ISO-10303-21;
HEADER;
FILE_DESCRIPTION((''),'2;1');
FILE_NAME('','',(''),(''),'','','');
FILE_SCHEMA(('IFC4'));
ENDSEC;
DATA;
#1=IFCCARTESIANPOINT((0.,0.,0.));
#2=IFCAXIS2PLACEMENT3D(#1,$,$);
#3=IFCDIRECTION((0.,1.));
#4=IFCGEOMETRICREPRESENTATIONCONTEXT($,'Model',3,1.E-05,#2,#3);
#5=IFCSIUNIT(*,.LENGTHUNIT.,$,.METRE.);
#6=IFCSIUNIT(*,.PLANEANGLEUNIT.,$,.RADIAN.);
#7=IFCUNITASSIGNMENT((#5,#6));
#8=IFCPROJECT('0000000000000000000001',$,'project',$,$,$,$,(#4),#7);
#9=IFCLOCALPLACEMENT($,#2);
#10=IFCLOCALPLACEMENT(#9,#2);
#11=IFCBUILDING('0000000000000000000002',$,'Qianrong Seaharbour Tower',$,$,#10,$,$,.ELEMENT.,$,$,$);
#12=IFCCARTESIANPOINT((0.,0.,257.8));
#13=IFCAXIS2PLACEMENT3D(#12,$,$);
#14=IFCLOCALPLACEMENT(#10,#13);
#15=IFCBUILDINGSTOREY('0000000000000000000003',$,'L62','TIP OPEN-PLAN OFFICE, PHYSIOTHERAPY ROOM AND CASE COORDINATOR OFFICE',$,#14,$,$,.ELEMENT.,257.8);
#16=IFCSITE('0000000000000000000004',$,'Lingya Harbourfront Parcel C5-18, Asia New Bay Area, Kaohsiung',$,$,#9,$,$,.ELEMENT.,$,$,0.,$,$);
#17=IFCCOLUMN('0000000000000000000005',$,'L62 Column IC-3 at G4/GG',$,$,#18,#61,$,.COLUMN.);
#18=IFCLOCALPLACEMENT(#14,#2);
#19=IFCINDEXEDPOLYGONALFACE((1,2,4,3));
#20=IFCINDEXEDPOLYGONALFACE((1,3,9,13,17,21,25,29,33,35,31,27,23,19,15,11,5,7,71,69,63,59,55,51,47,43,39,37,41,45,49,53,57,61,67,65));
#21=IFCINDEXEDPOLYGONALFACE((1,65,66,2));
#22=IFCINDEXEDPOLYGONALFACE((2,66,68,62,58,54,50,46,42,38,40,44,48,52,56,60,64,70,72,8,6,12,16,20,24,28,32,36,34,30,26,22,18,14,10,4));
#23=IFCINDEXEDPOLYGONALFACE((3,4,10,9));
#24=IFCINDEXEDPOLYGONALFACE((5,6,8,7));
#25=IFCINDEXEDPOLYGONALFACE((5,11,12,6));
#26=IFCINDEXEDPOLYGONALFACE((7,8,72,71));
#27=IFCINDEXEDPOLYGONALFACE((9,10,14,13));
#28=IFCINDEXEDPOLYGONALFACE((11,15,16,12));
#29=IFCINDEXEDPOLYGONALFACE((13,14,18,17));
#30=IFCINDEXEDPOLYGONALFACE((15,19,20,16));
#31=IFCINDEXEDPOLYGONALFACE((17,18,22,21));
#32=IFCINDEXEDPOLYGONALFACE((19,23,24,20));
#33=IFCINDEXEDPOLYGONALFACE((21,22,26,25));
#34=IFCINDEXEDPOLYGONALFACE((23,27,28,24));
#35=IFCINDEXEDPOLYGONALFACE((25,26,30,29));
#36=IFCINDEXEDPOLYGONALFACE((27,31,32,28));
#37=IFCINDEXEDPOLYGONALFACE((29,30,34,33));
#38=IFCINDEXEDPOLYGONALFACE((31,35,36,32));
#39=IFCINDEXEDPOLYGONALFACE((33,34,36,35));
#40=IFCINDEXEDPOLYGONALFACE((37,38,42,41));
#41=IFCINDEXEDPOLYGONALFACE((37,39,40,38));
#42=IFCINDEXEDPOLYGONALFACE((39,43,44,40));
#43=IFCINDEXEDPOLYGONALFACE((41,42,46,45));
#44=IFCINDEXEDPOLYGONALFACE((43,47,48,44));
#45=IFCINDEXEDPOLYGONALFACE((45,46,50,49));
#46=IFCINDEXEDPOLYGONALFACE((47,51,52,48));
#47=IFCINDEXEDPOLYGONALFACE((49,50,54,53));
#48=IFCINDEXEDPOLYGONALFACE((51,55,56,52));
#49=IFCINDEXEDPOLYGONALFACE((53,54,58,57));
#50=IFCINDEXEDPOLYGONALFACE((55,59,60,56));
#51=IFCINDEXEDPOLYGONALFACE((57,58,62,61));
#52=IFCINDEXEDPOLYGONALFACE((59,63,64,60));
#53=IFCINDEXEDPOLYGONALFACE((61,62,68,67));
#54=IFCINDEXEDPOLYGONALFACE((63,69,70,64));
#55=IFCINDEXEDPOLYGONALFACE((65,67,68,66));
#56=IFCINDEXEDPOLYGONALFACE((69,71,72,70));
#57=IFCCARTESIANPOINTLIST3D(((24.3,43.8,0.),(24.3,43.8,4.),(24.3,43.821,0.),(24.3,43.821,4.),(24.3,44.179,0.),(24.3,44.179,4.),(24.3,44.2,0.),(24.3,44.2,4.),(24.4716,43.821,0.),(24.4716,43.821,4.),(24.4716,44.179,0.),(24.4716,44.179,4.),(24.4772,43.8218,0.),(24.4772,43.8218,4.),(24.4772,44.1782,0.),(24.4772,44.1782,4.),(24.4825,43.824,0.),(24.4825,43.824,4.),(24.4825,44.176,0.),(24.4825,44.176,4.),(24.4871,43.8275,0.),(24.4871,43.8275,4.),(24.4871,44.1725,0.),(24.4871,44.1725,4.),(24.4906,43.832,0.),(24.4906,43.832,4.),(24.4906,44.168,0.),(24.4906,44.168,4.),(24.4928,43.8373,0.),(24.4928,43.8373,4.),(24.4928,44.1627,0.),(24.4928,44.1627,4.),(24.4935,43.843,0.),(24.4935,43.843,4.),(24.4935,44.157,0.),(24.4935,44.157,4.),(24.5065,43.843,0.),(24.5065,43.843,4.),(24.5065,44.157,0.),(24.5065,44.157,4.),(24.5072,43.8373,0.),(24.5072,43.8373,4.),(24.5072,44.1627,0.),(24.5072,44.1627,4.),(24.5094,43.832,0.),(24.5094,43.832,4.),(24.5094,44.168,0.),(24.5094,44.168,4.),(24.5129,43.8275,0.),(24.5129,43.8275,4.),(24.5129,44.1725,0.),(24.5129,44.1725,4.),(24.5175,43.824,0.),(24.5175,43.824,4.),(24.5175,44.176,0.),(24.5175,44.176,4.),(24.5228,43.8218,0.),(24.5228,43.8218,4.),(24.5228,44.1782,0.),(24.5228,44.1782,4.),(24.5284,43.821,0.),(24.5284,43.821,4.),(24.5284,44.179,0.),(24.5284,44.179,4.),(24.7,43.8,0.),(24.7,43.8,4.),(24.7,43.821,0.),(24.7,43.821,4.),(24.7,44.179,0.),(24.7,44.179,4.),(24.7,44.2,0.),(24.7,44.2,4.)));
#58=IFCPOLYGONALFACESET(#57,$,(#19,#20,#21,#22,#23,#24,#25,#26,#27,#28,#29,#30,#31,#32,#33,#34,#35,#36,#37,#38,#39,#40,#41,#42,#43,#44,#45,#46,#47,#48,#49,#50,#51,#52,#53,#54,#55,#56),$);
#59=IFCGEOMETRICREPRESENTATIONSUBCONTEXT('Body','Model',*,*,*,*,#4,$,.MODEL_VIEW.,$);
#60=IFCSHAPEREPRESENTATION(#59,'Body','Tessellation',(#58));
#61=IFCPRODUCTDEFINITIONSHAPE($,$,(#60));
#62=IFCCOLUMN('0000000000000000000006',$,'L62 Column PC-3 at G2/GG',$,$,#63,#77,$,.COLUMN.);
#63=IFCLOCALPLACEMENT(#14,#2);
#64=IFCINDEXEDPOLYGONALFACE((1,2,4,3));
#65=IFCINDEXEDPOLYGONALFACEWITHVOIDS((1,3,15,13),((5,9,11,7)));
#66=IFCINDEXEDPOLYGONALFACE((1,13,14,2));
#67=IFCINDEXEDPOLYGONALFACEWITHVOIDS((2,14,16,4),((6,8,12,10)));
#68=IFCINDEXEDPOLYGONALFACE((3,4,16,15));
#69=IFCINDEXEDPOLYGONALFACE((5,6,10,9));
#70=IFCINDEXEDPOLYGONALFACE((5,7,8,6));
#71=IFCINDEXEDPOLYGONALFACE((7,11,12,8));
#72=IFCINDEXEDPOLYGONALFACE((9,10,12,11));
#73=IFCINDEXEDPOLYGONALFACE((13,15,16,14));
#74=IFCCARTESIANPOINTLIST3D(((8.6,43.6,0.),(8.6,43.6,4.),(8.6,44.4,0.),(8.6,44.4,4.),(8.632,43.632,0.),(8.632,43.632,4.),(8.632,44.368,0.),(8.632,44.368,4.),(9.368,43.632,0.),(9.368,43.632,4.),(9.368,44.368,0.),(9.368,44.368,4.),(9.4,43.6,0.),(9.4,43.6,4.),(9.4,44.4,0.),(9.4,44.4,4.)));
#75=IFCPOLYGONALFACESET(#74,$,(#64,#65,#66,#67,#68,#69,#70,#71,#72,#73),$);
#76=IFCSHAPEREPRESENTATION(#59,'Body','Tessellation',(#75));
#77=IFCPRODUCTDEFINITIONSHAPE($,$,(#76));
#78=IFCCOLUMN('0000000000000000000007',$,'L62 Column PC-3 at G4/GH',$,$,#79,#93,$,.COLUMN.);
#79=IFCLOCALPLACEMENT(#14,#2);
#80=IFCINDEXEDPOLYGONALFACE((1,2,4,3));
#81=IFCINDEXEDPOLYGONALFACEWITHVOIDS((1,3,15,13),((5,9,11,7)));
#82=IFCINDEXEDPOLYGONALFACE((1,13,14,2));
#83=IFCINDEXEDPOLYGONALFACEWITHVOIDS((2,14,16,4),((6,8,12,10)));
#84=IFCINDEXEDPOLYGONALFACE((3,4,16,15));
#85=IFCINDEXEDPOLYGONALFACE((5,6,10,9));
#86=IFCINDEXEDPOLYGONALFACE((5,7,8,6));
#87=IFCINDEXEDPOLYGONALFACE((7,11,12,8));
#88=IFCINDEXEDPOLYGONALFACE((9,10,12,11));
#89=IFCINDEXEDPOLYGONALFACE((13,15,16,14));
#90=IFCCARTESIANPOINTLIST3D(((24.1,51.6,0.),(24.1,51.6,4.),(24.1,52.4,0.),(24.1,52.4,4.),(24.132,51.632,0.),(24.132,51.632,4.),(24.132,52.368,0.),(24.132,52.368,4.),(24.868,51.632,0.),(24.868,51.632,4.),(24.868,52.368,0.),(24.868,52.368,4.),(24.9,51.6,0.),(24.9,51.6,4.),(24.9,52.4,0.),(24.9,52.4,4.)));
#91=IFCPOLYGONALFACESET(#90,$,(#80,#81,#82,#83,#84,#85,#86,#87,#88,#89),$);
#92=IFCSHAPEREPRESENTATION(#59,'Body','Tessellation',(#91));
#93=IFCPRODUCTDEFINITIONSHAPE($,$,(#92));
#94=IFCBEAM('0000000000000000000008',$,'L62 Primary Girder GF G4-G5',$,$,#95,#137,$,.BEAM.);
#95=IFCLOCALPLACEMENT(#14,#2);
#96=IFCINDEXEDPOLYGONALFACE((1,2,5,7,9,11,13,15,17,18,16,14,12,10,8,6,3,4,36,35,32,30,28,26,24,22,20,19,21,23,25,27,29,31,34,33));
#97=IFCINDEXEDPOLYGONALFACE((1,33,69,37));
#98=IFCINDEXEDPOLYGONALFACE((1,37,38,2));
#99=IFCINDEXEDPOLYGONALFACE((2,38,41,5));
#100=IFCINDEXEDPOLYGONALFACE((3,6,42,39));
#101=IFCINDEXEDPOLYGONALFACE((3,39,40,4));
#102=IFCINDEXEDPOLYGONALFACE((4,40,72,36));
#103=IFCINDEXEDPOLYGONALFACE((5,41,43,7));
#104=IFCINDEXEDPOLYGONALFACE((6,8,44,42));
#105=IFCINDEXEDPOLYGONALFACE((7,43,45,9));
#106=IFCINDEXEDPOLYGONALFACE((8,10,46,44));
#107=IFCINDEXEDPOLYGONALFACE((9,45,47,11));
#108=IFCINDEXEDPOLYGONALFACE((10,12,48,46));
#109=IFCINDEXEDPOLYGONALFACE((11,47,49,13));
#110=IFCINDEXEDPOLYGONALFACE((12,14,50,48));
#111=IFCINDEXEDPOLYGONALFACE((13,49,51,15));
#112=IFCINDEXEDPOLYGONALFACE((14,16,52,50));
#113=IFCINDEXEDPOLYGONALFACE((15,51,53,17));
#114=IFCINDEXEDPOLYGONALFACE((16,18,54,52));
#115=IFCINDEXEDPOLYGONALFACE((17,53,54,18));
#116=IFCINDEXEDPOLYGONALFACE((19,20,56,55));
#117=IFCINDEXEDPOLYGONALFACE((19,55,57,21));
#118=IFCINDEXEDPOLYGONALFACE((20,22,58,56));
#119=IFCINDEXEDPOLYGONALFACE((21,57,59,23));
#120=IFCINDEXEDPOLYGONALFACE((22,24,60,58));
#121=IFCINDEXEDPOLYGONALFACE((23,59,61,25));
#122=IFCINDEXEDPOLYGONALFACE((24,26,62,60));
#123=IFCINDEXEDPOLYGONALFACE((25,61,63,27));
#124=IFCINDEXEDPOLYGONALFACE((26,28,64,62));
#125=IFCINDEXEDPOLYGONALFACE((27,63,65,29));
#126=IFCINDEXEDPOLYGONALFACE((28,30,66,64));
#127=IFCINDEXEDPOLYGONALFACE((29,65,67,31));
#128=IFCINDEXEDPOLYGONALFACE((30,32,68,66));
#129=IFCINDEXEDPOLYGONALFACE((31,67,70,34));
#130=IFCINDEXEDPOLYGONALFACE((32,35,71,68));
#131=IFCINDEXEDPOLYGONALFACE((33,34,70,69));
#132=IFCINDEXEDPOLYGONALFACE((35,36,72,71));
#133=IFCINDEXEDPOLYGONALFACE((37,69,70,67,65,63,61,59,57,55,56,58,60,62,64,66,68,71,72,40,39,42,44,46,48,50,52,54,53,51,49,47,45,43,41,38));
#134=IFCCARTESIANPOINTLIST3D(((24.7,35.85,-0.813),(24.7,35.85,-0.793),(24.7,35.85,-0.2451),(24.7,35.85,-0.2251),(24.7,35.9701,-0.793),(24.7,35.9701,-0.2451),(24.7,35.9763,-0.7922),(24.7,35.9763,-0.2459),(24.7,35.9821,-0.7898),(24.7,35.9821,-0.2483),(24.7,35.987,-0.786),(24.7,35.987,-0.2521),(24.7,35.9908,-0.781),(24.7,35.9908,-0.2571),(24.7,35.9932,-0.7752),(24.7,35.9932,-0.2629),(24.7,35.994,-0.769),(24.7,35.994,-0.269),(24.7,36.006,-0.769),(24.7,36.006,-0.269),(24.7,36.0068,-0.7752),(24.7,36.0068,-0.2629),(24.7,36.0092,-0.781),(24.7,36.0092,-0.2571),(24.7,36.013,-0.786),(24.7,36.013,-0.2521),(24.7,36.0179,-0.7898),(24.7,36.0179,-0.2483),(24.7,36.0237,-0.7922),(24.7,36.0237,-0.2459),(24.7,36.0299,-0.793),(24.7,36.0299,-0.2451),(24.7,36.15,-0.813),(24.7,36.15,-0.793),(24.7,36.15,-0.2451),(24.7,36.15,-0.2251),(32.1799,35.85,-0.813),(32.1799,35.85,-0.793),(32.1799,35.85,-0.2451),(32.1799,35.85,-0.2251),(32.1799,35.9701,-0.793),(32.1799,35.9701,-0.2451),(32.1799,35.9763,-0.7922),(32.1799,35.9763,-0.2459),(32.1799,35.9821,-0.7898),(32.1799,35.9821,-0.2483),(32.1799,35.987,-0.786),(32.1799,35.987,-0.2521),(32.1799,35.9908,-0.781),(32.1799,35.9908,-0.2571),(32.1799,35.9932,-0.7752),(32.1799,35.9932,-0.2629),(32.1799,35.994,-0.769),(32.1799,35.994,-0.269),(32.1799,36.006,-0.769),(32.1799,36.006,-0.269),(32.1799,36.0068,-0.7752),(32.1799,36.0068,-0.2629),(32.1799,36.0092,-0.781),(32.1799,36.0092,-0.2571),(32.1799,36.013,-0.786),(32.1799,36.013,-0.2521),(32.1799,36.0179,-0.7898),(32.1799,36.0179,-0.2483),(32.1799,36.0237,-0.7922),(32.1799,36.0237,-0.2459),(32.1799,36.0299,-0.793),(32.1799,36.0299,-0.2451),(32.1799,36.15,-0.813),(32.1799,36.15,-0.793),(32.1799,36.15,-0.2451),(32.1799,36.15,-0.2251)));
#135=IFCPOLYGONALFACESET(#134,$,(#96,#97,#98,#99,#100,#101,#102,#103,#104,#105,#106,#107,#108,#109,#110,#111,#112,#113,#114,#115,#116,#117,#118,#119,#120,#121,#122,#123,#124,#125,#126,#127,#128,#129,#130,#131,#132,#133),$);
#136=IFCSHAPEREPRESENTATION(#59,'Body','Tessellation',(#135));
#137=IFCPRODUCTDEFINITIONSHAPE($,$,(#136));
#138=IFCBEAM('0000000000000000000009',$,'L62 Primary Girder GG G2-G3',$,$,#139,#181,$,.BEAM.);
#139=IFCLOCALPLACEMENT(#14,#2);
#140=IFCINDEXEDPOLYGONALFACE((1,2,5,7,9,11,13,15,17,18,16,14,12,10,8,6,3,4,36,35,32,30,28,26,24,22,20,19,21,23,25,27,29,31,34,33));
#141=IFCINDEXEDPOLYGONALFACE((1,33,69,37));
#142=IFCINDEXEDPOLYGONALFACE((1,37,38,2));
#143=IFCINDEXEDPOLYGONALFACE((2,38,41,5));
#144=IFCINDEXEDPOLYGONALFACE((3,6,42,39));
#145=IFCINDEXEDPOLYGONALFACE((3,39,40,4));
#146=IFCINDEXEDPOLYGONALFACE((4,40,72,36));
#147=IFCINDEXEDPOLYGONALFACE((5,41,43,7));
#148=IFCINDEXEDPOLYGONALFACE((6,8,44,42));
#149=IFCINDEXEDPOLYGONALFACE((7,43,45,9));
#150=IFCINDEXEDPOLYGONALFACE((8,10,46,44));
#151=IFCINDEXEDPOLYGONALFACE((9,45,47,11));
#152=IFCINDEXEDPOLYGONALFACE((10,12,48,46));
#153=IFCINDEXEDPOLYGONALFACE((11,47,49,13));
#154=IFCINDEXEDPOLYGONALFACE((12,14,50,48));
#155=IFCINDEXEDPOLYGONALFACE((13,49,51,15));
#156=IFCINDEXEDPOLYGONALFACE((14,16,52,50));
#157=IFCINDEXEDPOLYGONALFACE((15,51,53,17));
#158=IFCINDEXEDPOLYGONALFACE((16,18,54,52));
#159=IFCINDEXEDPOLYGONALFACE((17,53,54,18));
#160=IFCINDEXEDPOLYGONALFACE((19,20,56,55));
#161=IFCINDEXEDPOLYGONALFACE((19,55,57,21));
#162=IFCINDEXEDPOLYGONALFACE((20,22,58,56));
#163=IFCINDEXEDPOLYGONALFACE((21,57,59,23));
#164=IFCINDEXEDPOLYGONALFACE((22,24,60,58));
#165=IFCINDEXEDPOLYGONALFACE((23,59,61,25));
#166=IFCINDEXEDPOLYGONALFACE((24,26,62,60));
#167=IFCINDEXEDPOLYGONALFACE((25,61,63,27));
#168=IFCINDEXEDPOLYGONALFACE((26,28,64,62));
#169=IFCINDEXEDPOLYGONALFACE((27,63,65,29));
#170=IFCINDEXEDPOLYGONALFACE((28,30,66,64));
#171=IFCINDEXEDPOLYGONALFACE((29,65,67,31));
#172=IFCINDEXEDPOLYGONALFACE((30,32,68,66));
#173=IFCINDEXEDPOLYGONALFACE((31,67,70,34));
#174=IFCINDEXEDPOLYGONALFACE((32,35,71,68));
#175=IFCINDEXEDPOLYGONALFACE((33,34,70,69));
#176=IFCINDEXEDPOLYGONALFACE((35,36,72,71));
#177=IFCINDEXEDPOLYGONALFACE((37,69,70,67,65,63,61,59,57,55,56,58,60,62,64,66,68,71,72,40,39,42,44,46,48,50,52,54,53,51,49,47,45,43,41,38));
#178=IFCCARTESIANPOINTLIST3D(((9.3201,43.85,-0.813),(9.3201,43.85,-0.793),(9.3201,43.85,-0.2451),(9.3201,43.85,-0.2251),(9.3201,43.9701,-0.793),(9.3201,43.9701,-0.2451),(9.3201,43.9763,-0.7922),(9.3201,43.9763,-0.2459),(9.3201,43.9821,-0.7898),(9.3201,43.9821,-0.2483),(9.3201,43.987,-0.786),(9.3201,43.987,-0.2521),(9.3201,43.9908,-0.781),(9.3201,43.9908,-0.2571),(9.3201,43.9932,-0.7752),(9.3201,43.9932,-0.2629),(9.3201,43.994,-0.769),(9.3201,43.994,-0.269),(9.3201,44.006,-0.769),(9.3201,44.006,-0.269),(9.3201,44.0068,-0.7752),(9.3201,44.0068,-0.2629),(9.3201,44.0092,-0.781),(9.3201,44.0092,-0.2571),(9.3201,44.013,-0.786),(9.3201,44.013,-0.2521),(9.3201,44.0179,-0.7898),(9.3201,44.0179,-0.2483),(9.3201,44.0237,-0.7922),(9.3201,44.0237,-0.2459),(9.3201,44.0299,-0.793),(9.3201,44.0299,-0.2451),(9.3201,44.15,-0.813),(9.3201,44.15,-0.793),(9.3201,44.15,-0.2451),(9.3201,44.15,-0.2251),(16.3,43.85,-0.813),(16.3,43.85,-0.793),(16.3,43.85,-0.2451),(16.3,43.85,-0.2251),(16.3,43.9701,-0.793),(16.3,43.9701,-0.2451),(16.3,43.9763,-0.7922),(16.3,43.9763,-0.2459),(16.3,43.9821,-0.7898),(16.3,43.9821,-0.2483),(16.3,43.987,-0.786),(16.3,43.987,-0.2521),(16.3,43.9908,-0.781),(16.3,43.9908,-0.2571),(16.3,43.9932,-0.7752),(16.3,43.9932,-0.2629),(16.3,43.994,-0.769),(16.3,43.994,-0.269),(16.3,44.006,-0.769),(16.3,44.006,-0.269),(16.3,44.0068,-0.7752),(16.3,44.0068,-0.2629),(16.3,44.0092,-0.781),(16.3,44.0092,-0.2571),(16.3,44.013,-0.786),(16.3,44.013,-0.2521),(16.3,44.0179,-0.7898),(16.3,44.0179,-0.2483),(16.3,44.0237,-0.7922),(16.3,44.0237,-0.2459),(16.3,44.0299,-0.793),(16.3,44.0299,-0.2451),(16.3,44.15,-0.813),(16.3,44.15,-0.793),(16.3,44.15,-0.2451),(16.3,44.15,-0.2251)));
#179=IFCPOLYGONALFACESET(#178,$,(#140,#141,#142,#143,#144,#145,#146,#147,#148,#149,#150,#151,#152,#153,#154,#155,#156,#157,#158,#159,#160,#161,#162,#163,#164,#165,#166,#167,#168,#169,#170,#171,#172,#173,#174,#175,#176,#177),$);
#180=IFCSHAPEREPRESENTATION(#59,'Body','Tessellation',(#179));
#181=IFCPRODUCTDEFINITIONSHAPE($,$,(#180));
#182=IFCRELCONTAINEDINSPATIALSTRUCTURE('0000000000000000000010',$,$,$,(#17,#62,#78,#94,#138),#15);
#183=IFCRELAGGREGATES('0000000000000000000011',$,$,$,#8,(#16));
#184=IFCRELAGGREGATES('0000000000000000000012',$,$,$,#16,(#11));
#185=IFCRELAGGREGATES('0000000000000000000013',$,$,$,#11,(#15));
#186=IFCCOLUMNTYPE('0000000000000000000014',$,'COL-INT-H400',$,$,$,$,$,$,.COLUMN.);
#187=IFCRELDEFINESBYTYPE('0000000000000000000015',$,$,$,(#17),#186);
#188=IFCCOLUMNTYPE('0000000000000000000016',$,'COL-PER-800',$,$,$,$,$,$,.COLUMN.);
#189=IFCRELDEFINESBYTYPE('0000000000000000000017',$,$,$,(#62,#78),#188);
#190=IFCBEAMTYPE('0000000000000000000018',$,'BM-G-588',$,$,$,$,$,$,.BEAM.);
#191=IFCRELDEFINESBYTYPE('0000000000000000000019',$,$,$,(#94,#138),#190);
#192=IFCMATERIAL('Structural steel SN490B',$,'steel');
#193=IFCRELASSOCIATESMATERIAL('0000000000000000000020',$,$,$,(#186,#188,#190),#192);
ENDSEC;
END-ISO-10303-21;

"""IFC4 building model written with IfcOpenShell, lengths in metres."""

from ifc_helpers import new_model, si_unit, direction, frame, origin, origin_2d, place, context, subcontext, project, spatial, hollow_rectangle, i_section, extrude, material, material_profile, profile_set, type_object, element, save


model = new_model("IFC4")

# Units and contexts
model_context = context("Model", 3, precision=1e-05, world=origin(), true_north=direction((0.0, 1.0)))
body_context = subcontext(model_context, "Body", "Model", "MODEL_VIEW")
ifc_project = project(units=[si_unit("LENGTHUNIT", "METRE"), si_unit("PLANEANGLEUNIT", "RADIAN")], contexts=[model_context])

# Site, building, storey
site_placement = place(None, origin())
site = spatial("IfcSite", under=ifc_project, at=site_placement, Name="Lingya Harbourfront Parcel C5-18, Asia New Bay Area, Kaohsiung", CompositionType="ELEMENT", RefElevation=0.0)
building_placement = place(site_placement, origin())
building = spatial("IfcBuilding", under=site, at=building_placement, Name="Qianrong Seaharbour Tower", CompositionType="ELEMENT")
storey_placement = place(building_placement, frame((0.0, 0.0, 257.8)))
storey = spatial("IfcBuildingStorey", under=building, at=storey_placement, Name="L62", Description="TIP OPEN-PLAN OFFICE, PHYSIOTHERAPY ROOM AND CASE COORDINATOR OFFICE", CompositionType="ELEMENT", Elevation=257.8)

# Columns
ifc_material_1 = material(Name="Structural steel SN490B", Category="steel")
ifc_material_profile_1 = material_profile(ifc_material_1, i_section(OverallWidth=0.3999, OverallDepth=0.3999, WebThickness=0.0129, FlangeThickness=0.021, FilletRadius=0.022, at=origin_2d()), Name="H400x400x13x21")
ifc_profile_set_1 = profile_set([ifc_material_profile_1], Name="Structural steel SN490B")
column_type_1 = type_object("IfcColumnType", Name="COL-INT-H400", PredefinedType="COLUMN", material=ifc_profile_set_1)
for number, where, z_axis, x_axis, name in (
    (1, (24.5, 44.0, 0.0), (0.0, 0.0, 1.0), (1.0, 0.0, 0.0), "L62 Column IC-3 at G4/GG"),
):
    element("IfcColumn", number, at=place(storey_placement, frame(where, z_axis=z_axis, x_axis=x_axis)), inside=storey, type_object=column_type_1, Name=name, PredefinedType="COLUMN", context=body_context, shape_type="SweptSolid", body=[
        extrude(i_section(OverallWidth=0.3999, OverallDepth=0.3999, WebThickness=0.0129, FlangeThickness=0.021, FilletRadius=0.022, at=origin_2d()), origin(), (0.0, 0.0, 1.0), 4.0),
    ])
ifc_material_profile_2 = material_profile(ifc_material_1, hollow_rectangle(XDim=0.8, YDim=0.8, WallThickness=0.032, at=origin_2d()), Name="BOX800x800x32")
ifc_profile_set_2 = profile_set([ifc_material_profile_2], Name="Structural steel SN490B")
column_type_2 = type_object("IfcColumnType", Name="COL-PER-800", PredefinedType="COLUMN", material=ifc_profile_set_2)
for number, where, z_axis, x_axis, name in (
    (2, (9.0, 44.0, 0.0), (0.0, 0.0, 1.0), (1.0, 0.0, 0.0), "L62 Column PC-3 at G2/GG"),
    (3, (24.5, 52.0, 0.0), (0.0, 0.0, 1.0), (1.0, 0.0, 0.0), "L62 Column PC-3 at G4/GH"),
):
    element("IfcColumn", number, at=place(storey_placement, frame(where, z_axis=z_axis, x_axis=x_axis)), inside=storey, type_object=column_type_2, Name=name, PredefinedType="COLUMN", context=body_context, shape_type="SweptSolid", body=[
        extrude(hollow_rectangle(XDim=0.8, YDim=0.8, WallThickness=0.032, at=origin_2d()), origin(), (0.0, 0.0, 1.0), 4.0),
    ])

# Beams
ifc_material_profile_3 = material_profile(ifc_material_1, i_section(OverallWidth=0.3, OverallDepth=0.5879, WebThickness=0.012, FlangeThickness=0.02, FilletRadius=0.0239, at=origin_2d()), Name="H588x300x12x20")
ifc_profile_set_3 = profile_set([ifc_material_profile_3], Name="Structural steel SN490B")
beam_type_1 = type_object("IfcBeamType", Name="BM-G-588", PredefinedType="BEAM", material=ifc_profile_set_3)
beam_1_placement = place(storey_placement, frame((24.7, 36.0, -0.519), z_axis=(1.0, 0.0, 0.0), x_axis=(0.0, 1.0, 0.0)))
element("IfcBeam", 4, at=beam_1_placement, inside=storey, type_object=beam_type_1, Name="L62 Primary Girder GF G4-G5", PredefinedType="BEAM", context=body_context, shape_type="SweptSolid", body=[
    extrude(i_section(OverallWidth=0.3, OverallDepth=0.5879, WebThickness=0.012, FlangeThickness=0.02, FilletRadius=0.0239, at=origin_2d()), origin(), (0.0, 0.0, 1.0), 7.48),
])
beam_2_placement = place(storey_placement, frame((9.3201, 44.0, -0.519), z_axis=(1.0, 0.0, 0.0), x_axis=(0.0, 1.0, 0.0)))
element("IfcBeam", 5, at=beam_2_placement, inside=storey, type_object=beam_type_1, Name="L62 Primary Girder GG G2-G3", PredefinedType="BEAM", context=body_context, shape_type="SweptSolid", body=[
    extrude(i_section(OverallWidth=0.3, OverallDepth=0.5879, WebThickness=0.012, FlangeThickness=0.02, FilletRadius=0.0239, at=origin_2d()), origin(), (0.0, 0.0, 1.0), 6.98),
])

save(model, "model.ifc")
